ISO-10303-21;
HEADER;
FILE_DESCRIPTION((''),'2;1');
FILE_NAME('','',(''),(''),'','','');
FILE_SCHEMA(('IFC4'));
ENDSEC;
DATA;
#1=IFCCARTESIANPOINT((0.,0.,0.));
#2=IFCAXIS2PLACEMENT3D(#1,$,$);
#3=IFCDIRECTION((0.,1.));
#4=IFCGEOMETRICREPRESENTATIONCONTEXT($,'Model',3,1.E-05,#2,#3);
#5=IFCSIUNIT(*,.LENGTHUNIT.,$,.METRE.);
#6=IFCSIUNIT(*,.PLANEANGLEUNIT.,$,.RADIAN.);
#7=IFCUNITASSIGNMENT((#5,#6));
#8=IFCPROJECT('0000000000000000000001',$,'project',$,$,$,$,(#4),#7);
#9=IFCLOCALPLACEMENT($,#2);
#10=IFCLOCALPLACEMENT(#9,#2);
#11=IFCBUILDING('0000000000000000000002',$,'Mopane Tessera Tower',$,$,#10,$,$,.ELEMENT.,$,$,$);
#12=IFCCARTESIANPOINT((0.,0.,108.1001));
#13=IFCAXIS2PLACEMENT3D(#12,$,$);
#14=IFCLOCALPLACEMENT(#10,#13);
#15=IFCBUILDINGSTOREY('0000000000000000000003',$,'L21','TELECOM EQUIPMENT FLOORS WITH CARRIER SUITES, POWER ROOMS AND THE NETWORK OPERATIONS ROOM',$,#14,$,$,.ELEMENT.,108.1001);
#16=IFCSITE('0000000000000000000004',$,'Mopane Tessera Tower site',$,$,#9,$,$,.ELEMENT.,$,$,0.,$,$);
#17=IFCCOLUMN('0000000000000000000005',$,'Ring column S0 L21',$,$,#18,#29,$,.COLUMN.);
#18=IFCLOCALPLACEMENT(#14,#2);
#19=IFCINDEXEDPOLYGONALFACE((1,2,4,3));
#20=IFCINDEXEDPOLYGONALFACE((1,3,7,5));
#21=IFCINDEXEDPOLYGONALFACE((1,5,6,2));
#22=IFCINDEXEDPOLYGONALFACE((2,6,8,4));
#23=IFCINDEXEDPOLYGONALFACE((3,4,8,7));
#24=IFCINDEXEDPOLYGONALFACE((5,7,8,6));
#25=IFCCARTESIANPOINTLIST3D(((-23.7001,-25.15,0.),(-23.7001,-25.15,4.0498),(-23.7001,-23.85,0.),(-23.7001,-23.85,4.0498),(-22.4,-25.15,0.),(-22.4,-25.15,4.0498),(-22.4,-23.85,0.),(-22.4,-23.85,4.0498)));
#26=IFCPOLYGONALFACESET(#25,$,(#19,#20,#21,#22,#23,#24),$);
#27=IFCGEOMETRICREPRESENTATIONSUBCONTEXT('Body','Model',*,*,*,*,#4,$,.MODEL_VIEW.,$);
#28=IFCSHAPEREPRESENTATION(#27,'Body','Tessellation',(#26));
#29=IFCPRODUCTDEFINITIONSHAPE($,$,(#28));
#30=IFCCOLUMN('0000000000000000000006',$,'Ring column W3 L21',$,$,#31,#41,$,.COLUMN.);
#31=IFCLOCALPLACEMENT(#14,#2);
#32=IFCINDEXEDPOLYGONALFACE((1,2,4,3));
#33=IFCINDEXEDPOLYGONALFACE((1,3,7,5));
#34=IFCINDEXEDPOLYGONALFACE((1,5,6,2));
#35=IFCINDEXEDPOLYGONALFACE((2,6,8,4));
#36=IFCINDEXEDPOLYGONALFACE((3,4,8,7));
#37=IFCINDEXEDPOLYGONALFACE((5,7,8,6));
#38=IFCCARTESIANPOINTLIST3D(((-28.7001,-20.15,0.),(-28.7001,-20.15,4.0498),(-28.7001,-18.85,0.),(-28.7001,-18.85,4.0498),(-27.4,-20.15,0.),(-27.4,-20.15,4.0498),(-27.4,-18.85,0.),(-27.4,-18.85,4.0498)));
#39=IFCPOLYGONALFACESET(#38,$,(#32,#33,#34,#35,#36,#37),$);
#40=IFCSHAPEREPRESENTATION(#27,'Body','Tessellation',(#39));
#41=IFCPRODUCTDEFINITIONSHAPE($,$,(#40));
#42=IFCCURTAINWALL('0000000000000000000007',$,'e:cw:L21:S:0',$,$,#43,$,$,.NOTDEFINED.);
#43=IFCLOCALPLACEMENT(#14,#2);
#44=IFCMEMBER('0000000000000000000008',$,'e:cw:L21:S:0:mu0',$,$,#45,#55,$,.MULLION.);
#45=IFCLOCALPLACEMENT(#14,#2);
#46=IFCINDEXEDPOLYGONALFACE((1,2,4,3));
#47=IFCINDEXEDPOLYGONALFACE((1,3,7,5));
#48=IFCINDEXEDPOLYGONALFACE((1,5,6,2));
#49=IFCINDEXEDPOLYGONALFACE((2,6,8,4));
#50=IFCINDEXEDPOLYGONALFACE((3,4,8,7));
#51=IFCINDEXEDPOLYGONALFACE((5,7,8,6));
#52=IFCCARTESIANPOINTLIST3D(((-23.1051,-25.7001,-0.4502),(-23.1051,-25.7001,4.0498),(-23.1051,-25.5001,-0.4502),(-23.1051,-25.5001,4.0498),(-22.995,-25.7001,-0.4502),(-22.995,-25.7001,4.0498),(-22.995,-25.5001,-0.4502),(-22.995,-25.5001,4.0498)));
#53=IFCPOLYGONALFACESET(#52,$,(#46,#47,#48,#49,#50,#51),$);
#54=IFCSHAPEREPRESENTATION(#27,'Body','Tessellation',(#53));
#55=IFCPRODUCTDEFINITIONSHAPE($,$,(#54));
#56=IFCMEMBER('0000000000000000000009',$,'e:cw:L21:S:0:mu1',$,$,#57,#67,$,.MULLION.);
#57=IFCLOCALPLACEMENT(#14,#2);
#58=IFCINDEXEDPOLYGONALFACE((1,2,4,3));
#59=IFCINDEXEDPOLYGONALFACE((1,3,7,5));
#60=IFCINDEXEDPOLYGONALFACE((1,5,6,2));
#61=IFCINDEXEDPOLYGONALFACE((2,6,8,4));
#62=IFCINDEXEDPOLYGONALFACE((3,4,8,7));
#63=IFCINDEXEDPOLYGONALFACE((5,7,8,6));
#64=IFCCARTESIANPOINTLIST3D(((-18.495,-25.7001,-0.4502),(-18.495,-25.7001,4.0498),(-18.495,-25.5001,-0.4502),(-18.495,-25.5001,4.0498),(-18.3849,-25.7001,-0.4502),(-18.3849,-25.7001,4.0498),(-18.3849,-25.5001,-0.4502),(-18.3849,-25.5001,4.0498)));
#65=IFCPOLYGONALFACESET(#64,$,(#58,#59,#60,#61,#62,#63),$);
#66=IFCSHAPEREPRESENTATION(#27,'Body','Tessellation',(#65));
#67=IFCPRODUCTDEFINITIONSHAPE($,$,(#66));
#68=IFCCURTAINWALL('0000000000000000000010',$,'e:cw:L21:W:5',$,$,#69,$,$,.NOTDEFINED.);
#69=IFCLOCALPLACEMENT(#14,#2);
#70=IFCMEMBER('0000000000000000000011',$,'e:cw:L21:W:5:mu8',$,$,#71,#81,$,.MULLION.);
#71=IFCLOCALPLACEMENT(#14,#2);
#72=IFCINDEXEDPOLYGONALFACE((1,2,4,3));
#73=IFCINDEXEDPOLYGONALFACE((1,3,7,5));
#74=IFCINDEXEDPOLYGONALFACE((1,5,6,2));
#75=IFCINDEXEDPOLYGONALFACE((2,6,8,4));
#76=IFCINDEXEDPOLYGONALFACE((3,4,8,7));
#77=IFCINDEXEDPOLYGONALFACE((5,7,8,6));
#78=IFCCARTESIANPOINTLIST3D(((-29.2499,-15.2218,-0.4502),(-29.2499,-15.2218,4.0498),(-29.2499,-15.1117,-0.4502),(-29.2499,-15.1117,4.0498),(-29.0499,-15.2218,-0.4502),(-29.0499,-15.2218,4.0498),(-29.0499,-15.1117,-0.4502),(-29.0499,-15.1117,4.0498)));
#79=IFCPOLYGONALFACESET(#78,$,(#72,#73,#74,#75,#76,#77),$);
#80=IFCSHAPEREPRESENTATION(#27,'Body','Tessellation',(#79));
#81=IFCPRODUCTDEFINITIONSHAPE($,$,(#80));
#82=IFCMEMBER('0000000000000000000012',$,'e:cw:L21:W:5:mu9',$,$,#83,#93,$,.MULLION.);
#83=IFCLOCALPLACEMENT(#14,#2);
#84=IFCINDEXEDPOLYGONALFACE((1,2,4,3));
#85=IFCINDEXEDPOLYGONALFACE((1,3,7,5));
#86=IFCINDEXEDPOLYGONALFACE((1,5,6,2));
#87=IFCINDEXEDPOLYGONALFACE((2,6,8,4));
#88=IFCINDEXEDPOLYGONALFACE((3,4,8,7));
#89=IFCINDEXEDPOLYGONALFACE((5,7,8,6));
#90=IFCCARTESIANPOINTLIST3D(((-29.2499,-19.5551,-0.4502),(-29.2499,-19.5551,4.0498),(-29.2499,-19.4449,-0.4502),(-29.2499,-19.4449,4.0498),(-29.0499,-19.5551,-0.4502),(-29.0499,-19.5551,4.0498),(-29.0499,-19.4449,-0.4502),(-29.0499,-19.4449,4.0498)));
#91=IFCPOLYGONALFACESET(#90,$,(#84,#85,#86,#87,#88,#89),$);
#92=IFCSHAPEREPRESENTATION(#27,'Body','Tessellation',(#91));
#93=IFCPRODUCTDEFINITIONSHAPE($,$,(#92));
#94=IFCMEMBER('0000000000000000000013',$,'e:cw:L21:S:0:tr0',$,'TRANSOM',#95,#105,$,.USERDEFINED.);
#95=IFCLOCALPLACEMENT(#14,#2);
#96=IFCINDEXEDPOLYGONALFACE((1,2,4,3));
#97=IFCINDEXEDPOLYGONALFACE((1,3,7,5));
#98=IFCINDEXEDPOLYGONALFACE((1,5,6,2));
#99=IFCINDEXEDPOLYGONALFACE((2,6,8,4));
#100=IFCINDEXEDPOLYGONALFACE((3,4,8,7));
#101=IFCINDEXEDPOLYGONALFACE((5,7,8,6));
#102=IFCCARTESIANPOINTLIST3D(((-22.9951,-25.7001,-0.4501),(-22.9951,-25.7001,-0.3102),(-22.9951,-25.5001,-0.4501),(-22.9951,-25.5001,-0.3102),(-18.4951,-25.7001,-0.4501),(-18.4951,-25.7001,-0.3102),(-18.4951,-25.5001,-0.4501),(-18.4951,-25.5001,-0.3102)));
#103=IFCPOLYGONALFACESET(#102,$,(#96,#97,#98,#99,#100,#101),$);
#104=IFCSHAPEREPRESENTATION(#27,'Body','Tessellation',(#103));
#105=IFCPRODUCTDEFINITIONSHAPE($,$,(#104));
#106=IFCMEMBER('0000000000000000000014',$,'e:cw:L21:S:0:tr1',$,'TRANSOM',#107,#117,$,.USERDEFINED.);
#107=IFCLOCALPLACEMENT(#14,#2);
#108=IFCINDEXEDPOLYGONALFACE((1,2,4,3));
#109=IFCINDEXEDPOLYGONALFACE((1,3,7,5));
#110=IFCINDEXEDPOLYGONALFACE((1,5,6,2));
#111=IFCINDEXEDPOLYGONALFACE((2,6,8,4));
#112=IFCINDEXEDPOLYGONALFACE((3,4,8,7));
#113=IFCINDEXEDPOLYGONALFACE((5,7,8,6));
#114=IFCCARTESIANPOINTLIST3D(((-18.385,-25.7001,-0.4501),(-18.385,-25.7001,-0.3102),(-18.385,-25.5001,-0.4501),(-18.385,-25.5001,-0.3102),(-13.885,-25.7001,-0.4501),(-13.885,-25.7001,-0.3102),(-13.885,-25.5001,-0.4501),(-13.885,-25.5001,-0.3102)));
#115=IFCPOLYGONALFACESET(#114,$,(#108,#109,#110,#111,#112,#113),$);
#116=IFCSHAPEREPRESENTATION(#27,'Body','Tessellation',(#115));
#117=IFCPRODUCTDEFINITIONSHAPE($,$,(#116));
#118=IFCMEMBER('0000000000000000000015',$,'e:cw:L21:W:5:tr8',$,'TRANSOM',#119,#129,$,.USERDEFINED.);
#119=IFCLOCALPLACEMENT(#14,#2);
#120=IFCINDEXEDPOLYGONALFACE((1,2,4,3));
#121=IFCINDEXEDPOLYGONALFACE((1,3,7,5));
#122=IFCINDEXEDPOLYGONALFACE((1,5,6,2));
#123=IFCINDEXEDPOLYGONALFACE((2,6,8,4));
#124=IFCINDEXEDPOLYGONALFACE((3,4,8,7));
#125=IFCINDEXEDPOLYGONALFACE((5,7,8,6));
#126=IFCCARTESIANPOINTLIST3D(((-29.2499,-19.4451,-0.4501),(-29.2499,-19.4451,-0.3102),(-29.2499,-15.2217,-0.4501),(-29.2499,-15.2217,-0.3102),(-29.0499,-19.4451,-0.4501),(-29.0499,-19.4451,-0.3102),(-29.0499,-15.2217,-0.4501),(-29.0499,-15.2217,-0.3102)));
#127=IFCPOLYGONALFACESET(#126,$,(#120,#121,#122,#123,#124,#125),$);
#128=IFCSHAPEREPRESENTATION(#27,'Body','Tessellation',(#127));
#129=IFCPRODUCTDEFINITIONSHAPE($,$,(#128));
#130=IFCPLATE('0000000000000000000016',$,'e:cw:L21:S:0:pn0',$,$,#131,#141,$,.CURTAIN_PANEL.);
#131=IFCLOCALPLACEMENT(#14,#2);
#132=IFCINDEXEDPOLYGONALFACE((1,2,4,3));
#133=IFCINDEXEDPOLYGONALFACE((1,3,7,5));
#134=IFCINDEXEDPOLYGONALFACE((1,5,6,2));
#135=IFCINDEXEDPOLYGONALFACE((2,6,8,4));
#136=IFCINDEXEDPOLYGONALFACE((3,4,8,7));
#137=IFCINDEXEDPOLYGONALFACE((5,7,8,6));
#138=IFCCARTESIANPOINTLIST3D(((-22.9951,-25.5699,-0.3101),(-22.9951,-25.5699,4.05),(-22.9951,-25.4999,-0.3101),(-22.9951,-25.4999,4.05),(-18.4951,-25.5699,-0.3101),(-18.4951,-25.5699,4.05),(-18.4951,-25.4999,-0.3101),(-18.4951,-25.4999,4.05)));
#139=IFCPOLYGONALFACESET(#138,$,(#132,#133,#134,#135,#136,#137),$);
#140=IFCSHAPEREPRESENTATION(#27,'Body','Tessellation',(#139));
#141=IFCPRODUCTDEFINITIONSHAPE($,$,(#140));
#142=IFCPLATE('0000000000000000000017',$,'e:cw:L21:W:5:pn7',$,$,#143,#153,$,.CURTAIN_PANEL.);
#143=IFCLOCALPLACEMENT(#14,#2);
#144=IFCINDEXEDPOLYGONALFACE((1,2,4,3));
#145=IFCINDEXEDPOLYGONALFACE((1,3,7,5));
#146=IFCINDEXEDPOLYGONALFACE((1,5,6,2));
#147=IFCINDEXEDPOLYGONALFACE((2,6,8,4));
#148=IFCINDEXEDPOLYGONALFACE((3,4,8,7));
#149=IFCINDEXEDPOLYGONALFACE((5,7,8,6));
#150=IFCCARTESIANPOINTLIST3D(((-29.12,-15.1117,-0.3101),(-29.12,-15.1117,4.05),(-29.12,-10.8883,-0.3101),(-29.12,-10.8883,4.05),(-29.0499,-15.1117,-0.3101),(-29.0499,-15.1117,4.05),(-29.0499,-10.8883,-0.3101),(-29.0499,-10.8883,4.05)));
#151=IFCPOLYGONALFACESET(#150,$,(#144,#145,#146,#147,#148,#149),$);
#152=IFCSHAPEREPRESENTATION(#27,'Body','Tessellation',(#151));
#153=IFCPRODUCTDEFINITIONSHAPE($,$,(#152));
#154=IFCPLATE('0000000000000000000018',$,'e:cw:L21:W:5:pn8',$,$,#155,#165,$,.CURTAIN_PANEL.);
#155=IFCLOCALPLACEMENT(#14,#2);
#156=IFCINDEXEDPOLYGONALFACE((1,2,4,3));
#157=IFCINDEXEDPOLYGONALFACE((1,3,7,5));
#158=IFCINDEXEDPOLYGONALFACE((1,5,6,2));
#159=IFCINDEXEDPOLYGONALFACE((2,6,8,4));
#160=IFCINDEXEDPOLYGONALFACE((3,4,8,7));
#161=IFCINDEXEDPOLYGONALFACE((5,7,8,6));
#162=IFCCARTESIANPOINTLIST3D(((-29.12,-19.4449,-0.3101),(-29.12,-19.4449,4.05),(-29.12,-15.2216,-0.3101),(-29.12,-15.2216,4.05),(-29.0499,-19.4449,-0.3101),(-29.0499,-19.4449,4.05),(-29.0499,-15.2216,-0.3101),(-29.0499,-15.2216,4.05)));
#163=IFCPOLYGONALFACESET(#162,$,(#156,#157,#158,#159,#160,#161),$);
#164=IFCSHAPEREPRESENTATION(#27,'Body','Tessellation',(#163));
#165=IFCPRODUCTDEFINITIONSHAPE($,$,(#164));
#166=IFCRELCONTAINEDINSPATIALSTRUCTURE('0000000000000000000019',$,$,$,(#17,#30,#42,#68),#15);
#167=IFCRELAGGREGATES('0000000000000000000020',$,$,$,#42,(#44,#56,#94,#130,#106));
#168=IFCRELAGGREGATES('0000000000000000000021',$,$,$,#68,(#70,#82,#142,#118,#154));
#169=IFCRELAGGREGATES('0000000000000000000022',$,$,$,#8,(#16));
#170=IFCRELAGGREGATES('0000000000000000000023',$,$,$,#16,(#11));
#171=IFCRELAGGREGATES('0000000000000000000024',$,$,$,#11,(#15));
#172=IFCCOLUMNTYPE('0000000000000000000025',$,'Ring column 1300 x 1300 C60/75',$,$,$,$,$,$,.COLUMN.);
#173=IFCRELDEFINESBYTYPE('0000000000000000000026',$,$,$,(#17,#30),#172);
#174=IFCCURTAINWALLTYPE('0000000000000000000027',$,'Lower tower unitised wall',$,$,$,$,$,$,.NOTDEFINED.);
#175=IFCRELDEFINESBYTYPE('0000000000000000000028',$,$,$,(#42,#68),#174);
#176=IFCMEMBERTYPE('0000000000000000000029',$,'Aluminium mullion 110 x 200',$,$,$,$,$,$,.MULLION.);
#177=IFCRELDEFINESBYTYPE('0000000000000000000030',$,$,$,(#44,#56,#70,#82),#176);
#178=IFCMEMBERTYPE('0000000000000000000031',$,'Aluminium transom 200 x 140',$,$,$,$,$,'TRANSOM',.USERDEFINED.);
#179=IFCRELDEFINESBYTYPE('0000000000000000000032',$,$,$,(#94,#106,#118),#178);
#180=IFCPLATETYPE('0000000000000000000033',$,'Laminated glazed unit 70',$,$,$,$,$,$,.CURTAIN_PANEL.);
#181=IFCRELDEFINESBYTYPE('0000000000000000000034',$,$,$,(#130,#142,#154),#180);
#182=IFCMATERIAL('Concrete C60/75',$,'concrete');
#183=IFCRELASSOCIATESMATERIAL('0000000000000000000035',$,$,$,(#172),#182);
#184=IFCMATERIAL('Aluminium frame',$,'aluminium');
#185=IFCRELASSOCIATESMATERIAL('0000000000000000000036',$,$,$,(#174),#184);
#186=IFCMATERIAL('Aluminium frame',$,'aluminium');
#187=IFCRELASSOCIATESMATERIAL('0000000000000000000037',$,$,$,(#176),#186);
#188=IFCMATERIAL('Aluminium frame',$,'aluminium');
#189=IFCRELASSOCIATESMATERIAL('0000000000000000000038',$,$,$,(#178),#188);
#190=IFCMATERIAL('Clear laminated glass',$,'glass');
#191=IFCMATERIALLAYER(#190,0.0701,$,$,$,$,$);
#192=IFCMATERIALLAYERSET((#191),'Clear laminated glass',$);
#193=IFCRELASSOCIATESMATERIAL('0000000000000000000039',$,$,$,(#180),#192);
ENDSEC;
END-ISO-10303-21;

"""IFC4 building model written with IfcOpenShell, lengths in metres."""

from ifc_helpers import new_model, si_unit, direction, frame, origin, origin_2d, place, context, subcontext, project, spatial, rectangle, extrude, material, layer, layer_set, material_profile, profile_set, type_object, element, aggregate, save


model = new_model("IFC4")

# Units and contexts
model_context = context("Model", 3, precision=1e-05, world=origin(), true_north=direction((0.0, 1.0)))
body_context = subcontext(model_context, "Body", "Model", "MODEL_VIEW")
ifc_project = project(units=[si_unit("LENGTHUNIT", "METRE"), si_unit("PLANEANGLEUNIT", "RADIAN")], contexts=[model_context])

# Site, building, storey
site_placement = place(None, origin())
site = spatial("IfcSite", under=ifc_project, at=site_placement, Name="Mopane Tessera Tower site", CompositionType="ELEMENT", RefElevation=0.0)
building_placement = place(site_placement, origin())
building = spatial("IfcBuilding", under=site, at=building_placement, Name="Mopane Tessera Tower", CompositionType="ELEMENT")
storey_placement = place(building_placement, frame((0.0, 0.0, 108.1001)))
storey = spatial("IfcBuildingStorey", under=building, at=storey_placement, Name="L21", Description="TELECOM EQUIPMENT FLOORS WITH CARRIER SUITES, POWER ROOMS AND THE NETWORK OPERATIONS ROOM", CompositionType="ELEMENT", Elevation=108.1001)

# Columns
ifc_material_1 = material(Name="Concrete C60/75", Category="concrete")
ifc_material_profile_1 = material_profile(ifc_material_1, rectangle(XDim=1.3, YDim=1.3, at=origin_2d()))
ifc_profile_set_1 = profile_set([ifc_material_profile_1], Name="Concrete C60/75")
column_type = type_object("IfcColumnType", Name="Ring column 1300 x 1300 C60/75", PredefinedType="COLUMN", material=ifc_profile_set_1)
for number, where, z_axis, x_axis, name in (
    (1, (-23.05, -24.5, 0.0), (0.0, 0.0, 1.0), (1.0, 0.0, 0.0), "Ring column S0 L21"),
    (2, (-28.05, -19.5, 0.0), (0.0, 0.0, 1.0), (1.0, 0.0, 0.0), "Ring column W3 L21"),
):
    element("IfcColumn", number, at=place(storey_placement, frame(where, z_axis=z_axis, x_axis=x_axis)), inside=storey, type_object=column_type, Name=name, PredefinedType="COLUMN", context=body_context, shape_type="SweptSolid", body=[
        extrude(rectangle(XDim=1.3, YDim=1.3, at=origin_2d()), origin(), (0.0, 0.0, 1.0), 4.0498),
    ])

# Curtain walls, members
ifc_material_2 = material(Name="Aluminium frame", Category="aluminium")
curtain_wall_type = type_object("IfcCurtainWallType", Name="Lower tower unitised wall", PredefinedType="NOTDEFINED", material=ifc_material_2)
curtain_wall_1_placement = place(storey_placement, origin())
curtain_wall_1 = element("IfcCurtainWall", 3, at=curtain_wall_1_placement, inside=storey, type_object=curtain_wall_type, Name="e:cw:L21:S:0", PredefinedType="NOTDEFINED")
ifc_material_3 = material(Name="Aluminium frame", Category="aluminium")
ifc_material_profile_2 = material_profile(ifc_material_3, rectangle(XDim=0.1101, YDim=0.2, at=origin_2d()))
ifc_profile_set_2 = profile_set([ifc_material_profile_2], Name="Aluminium frame")
member_type_1 = type_object("IfcMemberType", Name="Aluminium mullion 110 x 200", PredefinedType="MULLION", material=ifc_profile_set_2)
member_1_placement = place(storey_placement, frame((-23.05, -25.6001, -0.4502), z_axis=(0.0, 0.0, 1.0), x_axis=(1.0, 0.0, 0.0)))
member_1 = element("IfcMember", 4, at=member_1_placement, type_object=member_type_1, Name="e:cw:L21:S:0:mu0", PredefinedType="MULLION", context=body_context, shape_type="SweptSolid", body=[
    extrude(rectangle(XDim=0.1101, YDim=0.2, at=origin_2d()), origin(), (0.0, 0.0, 1.0), 4.5),
])
member_2_placement = place(storey_placement, frame((-18.4399, -25.6001, -0.4502), z_axis=(0.0, 0.0, 1.0), x_axis=(1.0, 0.0, 0.0)))
member_2 = element("IfcMember", 5, at=member_2_placement, type_object=member_type_1, Name="e:cw:L21:S:0:mu1", PredefinedType="MULLION", context=body_context, shape_type="SweptSolid", body=[
    extrude(rectangle(XDim=0.1101, YDim=0.2, at=origin_2d()), origin(), (0.0, 0.0, 1.0), 4.5),
])
curtain_wall_2_placement = place(storey_placement, origin())
curtain_wall_2 = element("IfcCurtainWall", 6, at=curtain_wall_2_placement, inside=storey, type_object=curtain_wall_type, Name="e:cw:L21:W:5", PredefinedType="NOTDEFINED")
member_3_placement = place(storey_placement, frame((-29.1499, -15.1667, -0.4502), z_axis=(0.0, 0.0, 1.0), x_axis=(0.0, -1.0, 0.0)))
member_3 = element("IfcMember", 7, at=member_3_placement, type_object=member_type_1, Name="e:cw:L21:W:5:mu8", PredefinedType="MULLION", context=body_context, shape_type="SweptSolid", body=[
    extrude(rectangle(XDim=0.1101, YDim=0.2, at=origin_2d()), origin(), (0.0, 0.0, 1.0), 4.5),
])
member_4_placement = place(storey_placement, frame((-29.1499, -19.5, -0.4502), z_axis=(0.0, 0.0, 1.0), x_axis=(0.0, -1.0, 0.0)))
member_4 = element("IfcMember", 8, at=member_4_placement, type_object=member_type_1, Name="e:cw:L21:W:5:mu9", PredefinedType="MULLION", context=body_context, shape_type="SweptSolid", body=[
    extrude(rectangle(XDim=0.1101, YDim=0.2, at=origin_2d()), origin(), (0.0, 0.0, 1.0), 4.5),
])

# Members
ifc_material_4 = material(Name="Aluminium frame", Category="aluminium")
ifc_material_profile_3 = material_profile(ifc_material_4, rectangle(XDim=0.2, YDim=0.1399, at=origin_2d()))
ifc_profile_set_3 = profile_set([ifc_material_profile_3], Name="Aluminium frame")
member_type_2 = type_object("IfcMemberType", Name="Aluminium transom 200 x 140", ElementType="TRANSOM", PredefinedType="USERDEFINED", material=ifc_profile_set_3)
member_5_placement = place(storey_placement, frame((-22.9951, -25.6001, -0.3801), z_axis=(1.0, 0.0, 0.0), x_axis=(0.0, 1.0, 0.0)))
member_5 = element("IfcMember", 9, at=member_5_placement, type_object=member_type_2, Name="e:cw:L21:S:0:tr0", ObjectType="TRANSOM", PredefinedType="USERDEFINED", context=body_context, shape_type="SweptSolid", body=[
    extrude(rectangle(XDim=0.2, YDim=0.1399, at=origin_2d()), origin(), (0.0, 0.0, 1.0), 4.5),
])
member_6_placement = place(storey_placement, frame((-18.385, -25.6001, -0.3801), z_axis=(1.0, 0.0, 0.0), x_axis=(0.0, 1.0, 0.0)))
member_6 = element("IfcMember", 10, at=member_6_placement, type_object=member_type_2, Name="e:cw:L21:S:0:tr1", ObjectType="TRANSOM", PredefinedType="USERDEFINED", context=body_context, shape_type="SweptSolid", body=[
    extrude(rectangle(XDim=0.2, YDim=0.1399, at=origin_2d()), origin(), (0.0, 0.0, 1.0), 4.5),
])
member_7_placement = place(storey_placement, frame((-29.1499, -15.2217, -0.3801), z_axis=(0.0, -1.0, 0.0), x_axis=(1.0, 0.0, 0.0)))
member_7 = element("IfcMember", 11, at=member_7_placement, type_object=member_type_2, Name="e:cw:L21:W:5:tr8", ObjectType="TRANSOM", PredefinedType="USERDEFINED", context=body_context, shape_type="SweptSolid", body=[
    extrude(rectangle(XDim=0.2, YDim=0.1399, at=origin_2d()), origin(), (0.0, 0.0, 1.0), 4.2234),
])

# Plates
ifc_material_5 = material(Name="Clear laminated glass", Category="glass")
ifc_layer_1 = layer(ifc_material_5, 0.0701)
ifc_layer_set_1 = layer_set([ifc_layer_1], Name="Clear laminated glass")
plate_type = type_object("IfcPlateType", Name="Laminated glazed unit 70", PredefinedType="CURTAIN_PANEL", material=ifc_layer_set_1)
plate_1_placement = place(storey_placement, frame((-20.7451, -25.5349, -0.3101), z_axis=(0.0, 0.0, 1.0), x_axis=(1.0, 0.0, 0.0)))
plate_1 = element("IfcPlate", 12, at=plate_1_placement, type_object=plate_type, Name="e:cw:L21:S:0:pn0", PredefinedType="CURTAIN_PANEL", context=body_context, shape_type="SweptSolid", body=[
    extrude(rectangle(XDim=4.5, YDim=0.0701, at=origin_2d()), origin(), (0.0, 0.0, 1.0), 4.3601),
])
aggregate(curtain_wall_1, [member_1, member_2, member_5, plate_1, member_6])
plate_2_placement = place(storey_placement, frame((-29.085, -13.0, -0.3101), z_axis=(0.0, 0.0, 1.0), x_axis=(0.0, -1.0, 0.0)))
plate_2 = element("IfcPlate", 13, at=plate_2_placement, type_object=plate_type, Name="e:cw:L21:W:5:pn7", PredefinedType="CURTAIN_PANEL", context=body_context, shape_type="SweptSolid", body=[
    extrude(rectangle(XDim=4.2234, YDim=0.0701, at=origin_2d()), origin(), (0.0, 0.0, 1.0), 4.3601),
])
plate_3_placement = place(storey_placement, frame((-29.085, -17.3333, -0.3101), z_axis=(0.0, 0.0, 1.0), x_axis=(0.0, -1.0, 0.0)))
plate_3 = element("IfcPlate", 14, at=plate_3_placement, type_object=plate_type, Name="e:cw:L21:W:5:pn8", PredefinedType="CURTAIN_PANEL", context=body_context, shape_type="SweptSolid", body=[
    extrude(rectangle(XDim=4.2234, YDim=0.0701, at=origin_2d()), origin(), (0.0, 0.0, 1.0), 4.3601),
])
aggregate(curtain_wall_2, [member_3, member_4, plate_2, member_7, plate_3])

save(model, "model.ifc")
